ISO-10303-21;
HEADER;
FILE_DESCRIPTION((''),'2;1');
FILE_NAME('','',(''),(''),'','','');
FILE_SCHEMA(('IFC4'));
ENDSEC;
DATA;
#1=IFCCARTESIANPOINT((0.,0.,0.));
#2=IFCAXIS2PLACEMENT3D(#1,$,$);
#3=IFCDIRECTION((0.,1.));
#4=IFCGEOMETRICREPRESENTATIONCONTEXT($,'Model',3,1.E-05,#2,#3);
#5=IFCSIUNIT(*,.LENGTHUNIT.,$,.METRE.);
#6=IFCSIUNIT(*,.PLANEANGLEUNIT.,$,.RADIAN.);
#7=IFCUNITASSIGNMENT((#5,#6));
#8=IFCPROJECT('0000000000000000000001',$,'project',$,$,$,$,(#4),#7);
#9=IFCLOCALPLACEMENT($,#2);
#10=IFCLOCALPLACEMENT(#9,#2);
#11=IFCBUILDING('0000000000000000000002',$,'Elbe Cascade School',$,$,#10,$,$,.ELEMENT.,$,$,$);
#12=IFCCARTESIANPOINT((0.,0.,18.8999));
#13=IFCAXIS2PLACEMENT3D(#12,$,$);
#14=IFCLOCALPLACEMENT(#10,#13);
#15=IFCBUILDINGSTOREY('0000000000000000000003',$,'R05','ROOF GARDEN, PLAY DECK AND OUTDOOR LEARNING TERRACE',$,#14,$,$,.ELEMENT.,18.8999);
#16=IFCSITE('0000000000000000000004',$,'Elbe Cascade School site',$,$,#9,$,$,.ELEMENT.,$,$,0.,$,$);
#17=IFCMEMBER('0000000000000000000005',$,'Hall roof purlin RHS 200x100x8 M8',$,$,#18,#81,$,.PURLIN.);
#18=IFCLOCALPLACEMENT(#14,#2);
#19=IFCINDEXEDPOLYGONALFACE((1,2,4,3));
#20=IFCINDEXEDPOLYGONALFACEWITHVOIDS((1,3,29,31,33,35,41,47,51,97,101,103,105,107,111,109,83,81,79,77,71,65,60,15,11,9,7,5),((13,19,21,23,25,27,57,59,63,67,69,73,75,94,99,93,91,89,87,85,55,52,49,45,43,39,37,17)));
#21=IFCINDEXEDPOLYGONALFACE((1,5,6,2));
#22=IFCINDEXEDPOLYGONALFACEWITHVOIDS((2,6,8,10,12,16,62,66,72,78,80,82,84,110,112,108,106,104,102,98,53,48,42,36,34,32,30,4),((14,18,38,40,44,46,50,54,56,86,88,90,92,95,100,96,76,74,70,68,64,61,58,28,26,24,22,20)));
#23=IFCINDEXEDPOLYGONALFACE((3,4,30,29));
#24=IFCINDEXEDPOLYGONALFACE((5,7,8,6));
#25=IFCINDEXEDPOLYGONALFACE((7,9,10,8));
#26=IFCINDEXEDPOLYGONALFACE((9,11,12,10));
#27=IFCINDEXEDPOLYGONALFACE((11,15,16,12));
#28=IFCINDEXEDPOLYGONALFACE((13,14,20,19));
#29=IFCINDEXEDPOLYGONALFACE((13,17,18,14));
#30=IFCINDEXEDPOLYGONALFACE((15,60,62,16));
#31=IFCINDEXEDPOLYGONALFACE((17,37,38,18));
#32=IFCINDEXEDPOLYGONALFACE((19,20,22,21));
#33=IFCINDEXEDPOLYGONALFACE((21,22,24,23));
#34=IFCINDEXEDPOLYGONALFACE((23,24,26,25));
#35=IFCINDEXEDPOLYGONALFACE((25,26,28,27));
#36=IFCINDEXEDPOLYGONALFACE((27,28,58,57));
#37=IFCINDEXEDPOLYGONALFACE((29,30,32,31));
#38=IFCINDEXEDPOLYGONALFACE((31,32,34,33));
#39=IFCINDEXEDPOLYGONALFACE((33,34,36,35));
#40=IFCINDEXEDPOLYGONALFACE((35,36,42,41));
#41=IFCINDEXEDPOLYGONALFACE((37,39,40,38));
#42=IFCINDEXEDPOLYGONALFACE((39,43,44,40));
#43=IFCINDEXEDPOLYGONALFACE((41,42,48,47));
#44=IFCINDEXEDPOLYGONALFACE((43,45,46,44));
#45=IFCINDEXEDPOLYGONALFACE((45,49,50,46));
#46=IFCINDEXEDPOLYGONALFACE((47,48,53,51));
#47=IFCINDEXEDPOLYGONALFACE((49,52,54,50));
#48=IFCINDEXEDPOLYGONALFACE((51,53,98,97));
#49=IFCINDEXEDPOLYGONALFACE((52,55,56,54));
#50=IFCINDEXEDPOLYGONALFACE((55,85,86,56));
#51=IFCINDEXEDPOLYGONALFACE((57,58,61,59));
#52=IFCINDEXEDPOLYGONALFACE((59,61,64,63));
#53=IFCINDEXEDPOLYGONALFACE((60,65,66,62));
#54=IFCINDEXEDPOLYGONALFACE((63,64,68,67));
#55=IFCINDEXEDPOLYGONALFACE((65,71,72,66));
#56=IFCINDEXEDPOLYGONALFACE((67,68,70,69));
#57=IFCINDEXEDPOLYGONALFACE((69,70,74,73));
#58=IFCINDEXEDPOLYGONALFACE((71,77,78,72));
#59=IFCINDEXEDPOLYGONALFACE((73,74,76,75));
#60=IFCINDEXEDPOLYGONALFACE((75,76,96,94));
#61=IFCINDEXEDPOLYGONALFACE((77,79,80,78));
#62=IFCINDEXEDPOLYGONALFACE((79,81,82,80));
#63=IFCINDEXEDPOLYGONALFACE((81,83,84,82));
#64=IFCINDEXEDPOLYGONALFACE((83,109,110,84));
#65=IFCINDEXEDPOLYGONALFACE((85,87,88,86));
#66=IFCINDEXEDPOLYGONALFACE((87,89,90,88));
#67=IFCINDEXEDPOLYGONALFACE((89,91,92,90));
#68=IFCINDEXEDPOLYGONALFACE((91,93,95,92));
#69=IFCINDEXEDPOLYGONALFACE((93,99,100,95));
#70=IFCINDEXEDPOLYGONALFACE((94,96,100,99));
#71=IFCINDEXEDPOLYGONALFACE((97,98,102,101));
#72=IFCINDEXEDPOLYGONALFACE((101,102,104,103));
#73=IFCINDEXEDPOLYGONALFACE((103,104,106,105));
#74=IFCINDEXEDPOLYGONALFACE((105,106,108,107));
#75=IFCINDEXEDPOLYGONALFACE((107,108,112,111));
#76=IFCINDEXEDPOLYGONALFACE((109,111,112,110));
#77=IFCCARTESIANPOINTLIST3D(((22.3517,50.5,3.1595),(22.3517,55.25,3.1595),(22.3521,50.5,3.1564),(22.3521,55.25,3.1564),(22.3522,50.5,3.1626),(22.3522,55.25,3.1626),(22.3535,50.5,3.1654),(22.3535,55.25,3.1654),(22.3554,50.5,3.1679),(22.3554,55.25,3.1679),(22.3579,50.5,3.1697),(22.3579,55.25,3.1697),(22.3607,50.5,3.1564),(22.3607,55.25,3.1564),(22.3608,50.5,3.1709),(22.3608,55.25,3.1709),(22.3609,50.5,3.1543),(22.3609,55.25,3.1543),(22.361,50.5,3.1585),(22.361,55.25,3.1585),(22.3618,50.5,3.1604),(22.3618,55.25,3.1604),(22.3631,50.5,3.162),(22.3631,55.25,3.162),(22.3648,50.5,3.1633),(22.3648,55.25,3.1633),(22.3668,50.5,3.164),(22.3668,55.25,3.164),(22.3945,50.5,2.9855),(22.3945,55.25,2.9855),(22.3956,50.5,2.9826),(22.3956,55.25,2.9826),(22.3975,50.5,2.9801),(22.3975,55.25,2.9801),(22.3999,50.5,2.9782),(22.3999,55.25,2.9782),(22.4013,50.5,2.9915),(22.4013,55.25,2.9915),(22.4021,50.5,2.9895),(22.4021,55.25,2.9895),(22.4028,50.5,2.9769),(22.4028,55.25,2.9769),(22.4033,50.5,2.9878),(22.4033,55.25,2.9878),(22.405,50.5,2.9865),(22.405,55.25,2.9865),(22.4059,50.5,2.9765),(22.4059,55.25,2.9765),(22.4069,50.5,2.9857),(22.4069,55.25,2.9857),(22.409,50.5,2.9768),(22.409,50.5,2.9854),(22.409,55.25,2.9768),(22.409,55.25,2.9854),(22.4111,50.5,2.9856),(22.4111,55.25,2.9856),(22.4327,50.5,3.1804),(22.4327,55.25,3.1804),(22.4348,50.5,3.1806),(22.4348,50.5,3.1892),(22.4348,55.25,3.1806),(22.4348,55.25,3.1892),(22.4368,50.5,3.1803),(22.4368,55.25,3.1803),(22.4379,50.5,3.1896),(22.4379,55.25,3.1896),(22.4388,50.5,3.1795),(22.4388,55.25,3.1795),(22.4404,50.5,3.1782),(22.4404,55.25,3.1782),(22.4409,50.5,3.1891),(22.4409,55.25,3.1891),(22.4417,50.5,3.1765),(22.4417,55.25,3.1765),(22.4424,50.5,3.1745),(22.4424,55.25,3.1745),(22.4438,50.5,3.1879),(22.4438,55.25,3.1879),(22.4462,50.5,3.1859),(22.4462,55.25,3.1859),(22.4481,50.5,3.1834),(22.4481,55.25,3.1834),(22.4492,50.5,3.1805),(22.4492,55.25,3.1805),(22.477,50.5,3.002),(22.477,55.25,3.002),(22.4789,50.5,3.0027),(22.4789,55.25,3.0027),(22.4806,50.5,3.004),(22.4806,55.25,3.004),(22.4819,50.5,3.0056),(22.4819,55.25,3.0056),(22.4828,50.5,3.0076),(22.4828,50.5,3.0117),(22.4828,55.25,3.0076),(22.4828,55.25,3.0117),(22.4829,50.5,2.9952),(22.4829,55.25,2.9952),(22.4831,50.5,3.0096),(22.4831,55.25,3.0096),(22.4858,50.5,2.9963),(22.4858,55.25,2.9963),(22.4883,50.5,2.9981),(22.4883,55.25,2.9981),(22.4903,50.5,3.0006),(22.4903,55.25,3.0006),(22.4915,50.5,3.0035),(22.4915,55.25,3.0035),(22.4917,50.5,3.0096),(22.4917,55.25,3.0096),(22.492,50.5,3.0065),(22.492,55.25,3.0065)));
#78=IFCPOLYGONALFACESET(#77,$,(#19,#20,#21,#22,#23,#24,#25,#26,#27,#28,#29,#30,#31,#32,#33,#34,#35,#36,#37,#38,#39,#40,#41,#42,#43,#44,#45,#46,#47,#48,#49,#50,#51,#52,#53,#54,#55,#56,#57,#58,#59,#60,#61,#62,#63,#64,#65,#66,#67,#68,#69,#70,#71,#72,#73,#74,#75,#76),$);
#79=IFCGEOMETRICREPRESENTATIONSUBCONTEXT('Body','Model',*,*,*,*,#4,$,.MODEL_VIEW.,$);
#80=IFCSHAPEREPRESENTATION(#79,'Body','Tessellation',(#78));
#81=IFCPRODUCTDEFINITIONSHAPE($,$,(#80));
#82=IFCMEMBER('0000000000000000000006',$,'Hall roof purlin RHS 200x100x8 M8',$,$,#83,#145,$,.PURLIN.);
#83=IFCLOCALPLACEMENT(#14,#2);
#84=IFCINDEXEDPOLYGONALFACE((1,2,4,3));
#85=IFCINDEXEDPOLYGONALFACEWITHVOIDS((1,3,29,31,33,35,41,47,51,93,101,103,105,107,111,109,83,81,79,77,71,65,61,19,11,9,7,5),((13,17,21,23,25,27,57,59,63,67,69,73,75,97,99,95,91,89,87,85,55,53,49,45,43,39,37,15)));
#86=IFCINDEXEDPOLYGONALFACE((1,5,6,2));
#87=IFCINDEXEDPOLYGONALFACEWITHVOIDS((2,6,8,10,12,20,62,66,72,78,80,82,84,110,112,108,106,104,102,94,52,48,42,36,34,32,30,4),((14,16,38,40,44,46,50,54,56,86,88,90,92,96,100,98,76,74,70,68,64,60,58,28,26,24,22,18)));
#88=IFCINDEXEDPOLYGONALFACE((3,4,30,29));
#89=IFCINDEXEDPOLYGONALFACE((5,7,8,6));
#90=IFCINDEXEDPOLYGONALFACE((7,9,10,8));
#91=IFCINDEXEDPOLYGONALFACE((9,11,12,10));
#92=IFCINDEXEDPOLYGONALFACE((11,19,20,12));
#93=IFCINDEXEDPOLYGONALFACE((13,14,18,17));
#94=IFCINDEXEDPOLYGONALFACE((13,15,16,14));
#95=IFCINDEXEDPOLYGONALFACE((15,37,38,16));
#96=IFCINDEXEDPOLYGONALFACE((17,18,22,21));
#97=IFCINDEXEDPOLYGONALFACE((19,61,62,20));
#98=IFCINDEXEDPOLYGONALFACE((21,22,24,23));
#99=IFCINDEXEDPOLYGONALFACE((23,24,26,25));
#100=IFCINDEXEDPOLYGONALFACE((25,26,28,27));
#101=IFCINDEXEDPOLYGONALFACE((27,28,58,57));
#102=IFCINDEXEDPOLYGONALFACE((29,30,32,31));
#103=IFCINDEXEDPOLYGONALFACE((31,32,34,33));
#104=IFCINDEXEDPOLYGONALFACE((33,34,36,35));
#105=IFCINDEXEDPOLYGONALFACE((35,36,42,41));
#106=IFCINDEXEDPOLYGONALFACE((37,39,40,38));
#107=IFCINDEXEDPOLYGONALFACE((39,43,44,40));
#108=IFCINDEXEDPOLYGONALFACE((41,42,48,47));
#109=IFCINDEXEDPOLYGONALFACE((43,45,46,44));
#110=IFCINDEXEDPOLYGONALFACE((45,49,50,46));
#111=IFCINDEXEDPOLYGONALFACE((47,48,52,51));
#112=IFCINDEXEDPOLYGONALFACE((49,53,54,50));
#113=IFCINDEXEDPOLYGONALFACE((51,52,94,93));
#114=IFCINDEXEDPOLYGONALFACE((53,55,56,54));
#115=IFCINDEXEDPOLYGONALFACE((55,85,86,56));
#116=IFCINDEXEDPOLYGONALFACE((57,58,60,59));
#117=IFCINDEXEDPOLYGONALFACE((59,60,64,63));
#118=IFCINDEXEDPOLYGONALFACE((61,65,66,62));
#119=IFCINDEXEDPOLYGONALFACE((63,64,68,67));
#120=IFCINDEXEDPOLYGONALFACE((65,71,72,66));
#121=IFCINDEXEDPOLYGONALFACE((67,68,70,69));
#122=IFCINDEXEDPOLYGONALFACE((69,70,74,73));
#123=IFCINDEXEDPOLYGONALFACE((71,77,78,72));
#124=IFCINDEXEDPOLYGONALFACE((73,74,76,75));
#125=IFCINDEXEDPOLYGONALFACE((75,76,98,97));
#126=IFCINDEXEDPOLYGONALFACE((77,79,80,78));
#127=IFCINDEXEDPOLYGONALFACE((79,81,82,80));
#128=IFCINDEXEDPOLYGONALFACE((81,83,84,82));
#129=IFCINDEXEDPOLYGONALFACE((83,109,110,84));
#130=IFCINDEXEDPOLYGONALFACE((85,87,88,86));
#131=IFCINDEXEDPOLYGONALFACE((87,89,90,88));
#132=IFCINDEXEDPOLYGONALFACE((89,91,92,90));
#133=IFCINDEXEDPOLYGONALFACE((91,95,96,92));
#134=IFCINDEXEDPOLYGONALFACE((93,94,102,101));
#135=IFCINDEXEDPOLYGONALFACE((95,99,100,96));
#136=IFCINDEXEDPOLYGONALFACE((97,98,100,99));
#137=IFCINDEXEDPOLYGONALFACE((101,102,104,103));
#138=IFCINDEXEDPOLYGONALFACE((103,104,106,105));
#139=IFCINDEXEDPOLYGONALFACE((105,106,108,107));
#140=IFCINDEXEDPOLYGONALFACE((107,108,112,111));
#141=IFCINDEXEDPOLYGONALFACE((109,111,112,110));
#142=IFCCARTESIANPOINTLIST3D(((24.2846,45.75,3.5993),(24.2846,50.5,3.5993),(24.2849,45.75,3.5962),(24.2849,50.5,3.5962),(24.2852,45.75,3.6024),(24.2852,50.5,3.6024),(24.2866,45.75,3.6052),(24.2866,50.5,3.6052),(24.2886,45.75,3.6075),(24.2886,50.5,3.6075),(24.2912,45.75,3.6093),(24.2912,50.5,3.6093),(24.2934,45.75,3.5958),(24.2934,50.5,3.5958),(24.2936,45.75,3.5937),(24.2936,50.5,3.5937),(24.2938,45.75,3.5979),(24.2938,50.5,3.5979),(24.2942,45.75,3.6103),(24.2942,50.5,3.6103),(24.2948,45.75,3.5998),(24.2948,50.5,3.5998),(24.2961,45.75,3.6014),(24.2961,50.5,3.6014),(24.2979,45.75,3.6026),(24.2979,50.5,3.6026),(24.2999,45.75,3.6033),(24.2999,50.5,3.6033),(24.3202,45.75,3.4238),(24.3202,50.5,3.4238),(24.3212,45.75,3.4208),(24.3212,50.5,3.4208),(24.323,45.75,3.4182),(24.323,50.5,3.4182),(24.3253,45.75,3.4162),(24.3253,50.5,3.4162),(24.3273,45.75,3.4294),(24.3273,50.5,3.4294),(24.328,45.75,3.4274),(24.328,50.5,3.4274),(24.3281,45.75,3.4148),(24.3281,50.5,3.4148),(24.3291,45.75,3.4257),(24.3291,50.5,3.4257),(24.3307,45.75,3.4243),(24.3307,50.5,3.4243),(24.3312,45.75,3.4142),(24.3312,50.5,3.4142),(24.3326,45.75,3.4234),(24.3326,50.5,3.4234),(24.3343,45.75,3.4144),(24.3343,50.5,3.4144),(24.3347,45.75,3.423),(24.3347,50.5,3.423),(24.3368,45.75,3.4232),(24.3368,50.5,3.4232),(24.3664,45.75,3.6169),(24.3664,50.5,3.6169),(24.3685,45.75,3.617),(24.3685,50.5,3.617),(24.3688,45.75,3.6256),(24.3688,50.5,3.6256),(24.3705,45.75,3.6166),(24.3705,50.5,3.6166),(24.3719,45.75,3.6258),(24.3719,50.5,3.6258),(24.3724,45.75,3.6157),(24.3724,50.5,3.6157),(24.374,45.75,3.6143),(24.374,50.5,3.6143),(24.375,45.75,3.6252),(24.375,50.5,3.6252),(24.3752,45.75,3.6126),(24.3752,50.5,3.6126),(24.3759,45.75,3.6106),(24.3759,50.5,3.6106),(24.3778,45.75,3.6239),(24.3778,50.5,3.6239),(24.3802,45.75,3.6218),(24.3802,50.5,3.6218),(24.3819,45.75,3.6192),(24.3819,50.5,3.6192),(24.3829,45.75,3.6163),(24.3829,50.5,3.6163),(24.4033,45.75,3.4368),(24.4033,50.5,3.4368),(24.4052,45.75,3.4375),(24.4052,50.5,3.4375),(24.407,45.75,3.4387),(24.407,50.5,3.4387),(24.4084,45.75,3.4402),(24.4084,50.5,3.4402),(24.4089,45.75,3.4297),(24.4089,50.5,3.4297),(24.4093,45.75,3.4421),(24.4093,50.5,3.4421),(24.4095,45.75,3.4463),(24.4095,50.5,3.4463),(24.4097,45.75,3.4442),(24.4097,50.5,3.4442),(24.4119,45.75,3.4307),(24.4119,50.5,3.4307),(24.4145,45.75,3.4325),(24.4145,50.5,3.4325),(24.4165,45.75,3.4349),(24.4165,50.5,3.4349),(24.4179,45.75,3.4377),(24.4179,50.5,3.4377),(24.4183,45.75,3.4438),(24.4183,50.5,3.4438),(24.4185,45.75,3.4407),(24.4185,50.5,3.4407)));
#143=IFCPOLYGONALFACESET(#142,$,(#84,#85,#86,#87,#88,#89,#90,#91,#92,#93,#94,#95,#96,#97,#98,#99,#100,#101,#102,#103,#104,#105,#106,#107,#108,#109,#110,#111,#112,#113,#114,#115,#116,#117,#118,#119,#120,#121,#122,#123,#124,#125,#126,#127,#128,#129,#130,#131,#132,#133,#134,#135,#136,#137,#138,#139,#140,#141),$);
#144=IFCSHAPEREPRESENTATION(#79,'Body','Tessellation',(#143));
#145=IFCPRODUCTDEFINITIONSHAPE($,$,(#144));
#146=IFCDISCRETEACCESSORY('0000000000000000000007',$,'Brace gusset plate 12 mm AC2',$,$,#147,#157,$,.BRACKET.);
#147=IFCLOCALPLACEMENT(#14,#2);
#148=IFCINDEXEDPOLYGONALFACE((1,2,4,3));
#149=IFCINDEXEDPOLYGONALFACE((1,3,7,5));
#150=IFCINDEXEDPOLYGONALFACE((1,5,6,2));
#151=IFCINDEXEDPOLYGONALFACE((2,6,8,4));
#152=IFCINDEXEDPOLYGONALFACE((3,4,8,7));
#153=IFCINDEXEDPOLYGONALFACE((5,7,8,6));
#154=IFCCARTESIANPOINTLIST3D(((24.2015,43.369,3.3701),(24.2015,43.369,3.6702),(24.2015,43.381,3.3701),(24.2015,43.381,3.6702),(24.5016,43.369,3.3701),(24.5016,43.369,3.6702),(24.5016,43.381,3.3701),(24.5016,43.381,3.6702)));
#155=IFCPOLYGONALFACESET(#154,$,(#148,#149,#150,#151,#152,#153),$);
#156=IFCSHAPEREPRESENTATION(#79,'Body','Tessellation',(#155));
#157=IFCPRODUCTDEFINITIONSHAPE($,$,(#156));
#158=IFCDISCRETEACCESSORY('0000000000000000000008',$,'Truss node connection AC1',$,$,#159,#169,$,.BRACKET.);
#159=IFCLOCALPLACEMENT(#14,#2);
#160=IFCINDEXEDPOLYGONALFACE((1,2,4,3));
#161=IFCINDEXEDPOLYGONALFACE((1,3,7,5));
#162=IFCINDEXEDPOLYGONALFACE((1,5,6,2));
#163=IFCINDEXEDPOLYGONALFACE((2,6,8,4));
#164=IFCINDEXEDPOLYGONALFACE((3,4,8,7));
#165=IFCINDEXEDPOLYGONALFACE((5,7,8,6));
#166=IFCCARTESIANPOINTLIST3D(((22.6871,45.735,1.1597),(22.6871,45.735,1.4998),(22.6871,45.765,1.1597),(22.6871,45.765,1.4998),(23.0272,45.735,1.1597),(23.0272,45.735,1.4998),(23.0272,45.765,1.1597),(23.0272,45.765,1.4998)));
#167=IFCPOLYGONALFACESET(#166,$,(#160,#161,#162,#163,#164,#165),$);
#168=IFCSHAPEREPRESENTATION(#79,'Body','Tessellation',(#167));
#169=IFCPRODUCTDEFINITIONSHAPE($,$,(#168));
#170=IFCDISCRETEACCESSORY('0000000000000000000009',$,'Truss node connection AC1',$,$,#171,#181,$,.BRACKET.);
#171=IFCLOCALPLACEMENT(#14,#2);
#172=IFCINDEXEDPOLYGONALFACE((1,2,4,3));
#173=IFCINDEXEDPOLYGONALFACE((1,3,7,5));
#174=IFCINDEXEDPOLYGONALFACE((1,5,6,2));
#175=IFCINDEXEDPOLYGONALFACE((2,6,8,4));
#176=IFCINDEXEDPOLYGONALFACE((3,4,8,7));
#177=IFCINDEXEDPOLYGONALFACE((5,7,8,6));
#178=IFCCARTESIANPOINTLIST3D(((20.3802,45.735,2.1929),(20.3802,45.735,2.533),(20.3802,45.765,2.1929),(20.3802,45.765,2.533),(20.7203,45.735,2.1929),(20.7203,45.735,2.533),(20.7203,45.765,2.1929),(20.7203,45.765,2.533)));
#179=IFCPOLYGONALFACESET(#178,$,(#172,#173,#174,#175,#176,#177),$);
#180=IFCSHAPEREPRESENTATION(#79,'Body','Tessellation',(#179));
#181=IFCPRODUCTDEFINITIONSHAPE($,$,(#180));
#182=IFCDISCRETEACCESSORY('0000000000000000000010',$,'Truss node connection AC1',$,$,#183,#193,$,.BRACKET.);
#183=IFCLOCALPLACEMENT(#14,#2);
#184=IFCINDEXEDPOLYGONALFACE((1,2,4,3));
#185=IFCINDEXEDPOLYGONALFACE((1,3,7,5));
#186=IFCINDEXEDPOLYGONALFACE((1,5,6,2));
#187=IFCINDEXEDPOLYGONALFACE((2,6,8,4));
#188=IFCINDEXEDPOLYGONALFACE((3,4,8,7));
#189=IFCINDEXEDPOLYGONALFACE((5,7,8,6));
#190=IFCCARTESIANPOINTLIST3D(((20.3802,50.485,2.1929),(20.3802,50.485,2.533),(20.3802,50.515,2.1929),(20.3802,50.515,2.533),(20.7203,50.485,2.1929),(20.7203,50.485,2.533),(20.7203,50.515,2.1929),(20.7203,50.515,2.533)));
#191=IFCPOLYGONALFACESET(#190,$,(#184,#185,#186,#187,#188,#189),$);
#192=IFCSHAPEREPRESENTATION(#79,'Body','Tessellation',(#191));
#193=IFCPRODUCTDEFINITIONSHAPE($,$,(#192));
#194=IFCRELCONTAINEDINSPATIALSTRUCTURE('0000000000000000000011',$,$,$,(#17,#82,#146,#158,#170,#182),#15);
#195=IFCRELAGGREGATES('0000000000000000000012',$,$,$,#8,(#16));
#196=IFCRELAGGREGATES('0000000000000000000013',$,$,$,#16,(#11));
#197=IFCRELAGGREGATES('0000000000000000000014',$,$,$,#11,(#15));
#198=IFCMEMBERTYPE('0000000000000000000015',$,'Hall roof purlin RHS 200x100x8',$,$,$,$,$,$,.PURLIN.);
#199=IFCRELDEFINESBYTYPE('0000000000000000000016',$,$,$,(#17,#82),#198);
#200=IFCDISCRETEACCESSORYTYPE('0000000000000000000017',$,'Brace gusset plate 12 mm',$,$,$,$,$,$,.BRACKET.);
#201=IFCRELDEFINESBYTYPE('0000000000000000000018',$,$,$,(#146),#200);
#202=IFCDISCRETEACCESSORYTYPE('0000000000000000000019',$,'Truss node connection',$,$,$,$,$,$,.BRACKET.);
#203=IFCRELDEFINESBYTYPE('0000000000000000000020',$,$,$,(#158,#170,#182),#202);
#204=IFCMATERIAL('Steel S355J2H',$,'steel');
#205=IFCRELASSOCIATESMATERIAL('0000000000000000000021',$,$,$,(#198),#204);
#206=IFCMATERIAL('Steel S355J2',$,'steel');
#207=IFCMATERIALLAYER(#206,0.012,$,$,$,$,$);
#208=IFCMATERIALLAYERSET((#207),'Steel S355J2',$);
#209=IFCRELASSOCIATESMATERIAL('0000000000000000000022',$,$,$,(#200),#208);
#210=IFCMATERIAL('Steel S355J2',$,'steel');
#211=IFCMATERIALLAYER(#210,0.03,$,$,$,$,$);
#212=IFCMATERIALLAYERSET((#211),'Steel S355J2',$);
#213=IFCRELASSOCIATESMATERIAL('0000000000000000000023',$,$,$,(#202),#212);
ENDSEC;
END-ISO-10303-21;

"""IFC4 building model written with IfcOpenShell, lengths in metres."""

from ifc_helpers import new_model, si_unit, direction, frame, origin, origin_2d, place, context, subcontext, project, spatial, rectangle, hollow_rectangle, extrude, material, layer, layer_set, material_profile, profile_set, type_object, element, save


model = new_model("IFC4")

# Units and contexts
model_context = context("Model", 3, precision=1e-05, world=origin(), true_north=direction((0.0, 1.0)))
body_context = subcontext(model_context, "Body", "Model", "MODEL_VIEW")
ifc_project = project(units=[si_unit("LENGTHUNIT", "METRE"), si_unit("PLANEANGLEUNIT", "RADIAN")], contexts=[model_context])

# Site, building, storey
site_placement = place(None, origin())
site = spatial("IfcSite", under=ifc_project, at=site_placement, Name="Elbe Cascade School site", CompositionType="ELEMENT", RefElevation=0.0)
building_placement = place(site_placement, origin())
building = spatial("IfcBuilding", under=site, at=building_placement, Name="Elbe Cascade School", CompositionType="ELEMENT")
storey_placement = place(building_placement, frame((0.0, 0.0, 18.8999)))
storey = spatial("IfcBuildingStorey", under=building, at=storey_placement, Name="R05", Description="ROOF GARDEN, PLAY DECK AND OUTDOOR LEARNING TERRACE", CompositionType="ELEMENT", Elevation=18.8999)

# Members
ifc_material_1 = material(Name="Steel S355J2H", Category="steel")
ifc_material_profile_1 = material_profile(ifc_material_1, hollow_rectangle(XDim=0.1001, YDim=0.2, WallThickness=0.0081, InnerFilletRadius=0.0081, OuterFilletRadius=0.012, at=origin_2d()), Name="RHS 200x100x8")
ifc_profile_set_1 = profile_set([ifc_material_profile_1], Name="Steel S355J2H")
member_type_1 = type_object("IfcMemberType", Name="Hall roof purlin RHS 200x100x8", PredefinedType="PURLIN", material=ifc_profile_set_1)
for number, where, z_axis, x_axis, name in (
    (1, (22.4219, 50.5, 3.083), (0.0, 1.0, 0.0), (-0.970543, 0.0, -0.240927), "Hall roof purlin RHS 200x100x8 M8"),
    (2, (24.3516, 45.75, 3.52), (0.0, 1.0, 0.0), (-0.979638, 0.0, -0.200772), "Hall roof purlin RHS 200x100x8 M8"),
):
    element("IfcMember", number, at=place(storey_placement, frame(where, z_axis=z_axis, x_axis=x_axis)), inside=storey, type_object=member_type_1, Name=name, PredefinedType="PURLIN", context=body_context, shape_type="SweptSolid", body=[
        extrude(hollow_rectangle(XDim=0.1001, YDim=0.2, WallThickness=0.0081, InnerFilletRadius=0.0081, OuterFilletRadius=0.012, at=origin_2d()), origin(), (0.0, 0.0, 1.0), 4.75),
    ])

# Discrete accessories
ifc_material_2 = material(Name="Steel S355J2", Category="steel")
ifc_layer_1 = layer(ifc_material_2, 0.012)
ifc_layer_set_1 = layer_set([ifc_layer_1], Name="Steel S355J2")
discrete_accessory_type_1 = type_object("IfcDiscreteAccessoryType", Name="Brace gusset plate 12 mm", PredefinedType="BRACKET", material=ifc_layer_set_1)
discrete_accessory_placement = place(storey_placement, frame((24.3516, 43.375, 3.3701), z_axis=(0.0, 0.0, 1.0), x_axis=(1.0, 0.0, 0.0)))
element("IfcDiscreteAccessory", 3, at=discrete_accessory_placement, inside=storey, type_object=discrete_accessory_type_1, Name="Brace gusset plate 12 mm AC2", PredefinedType="BRACKET", context=body_context, shape_type="SweptSolid", body=[
    extrude(rectangle(XDim=0.3, YDim=0.012, at=origin_2d()), origin(), (0.0, 0.0, 1.0), 0.3),
])
ifc_material_3 = material(Name="Steel S355J2", Category="steel")
ifc_layer_2 = layer(ifc_material_3, 0.03)
ifc_layer_set_2 = layer_set([ifc_layer_2], Name="Steel S355J2")
discrete_accessory_type_2 = type_object("IfcDiscreteAccessoryType", Name="Truss node connection", PredefinedType="BRACKET", material=ifc_layer_set_2)
for number, where, z_axis, x_axis, name in (
    (4, (22.8572, 45.75, 1.1597), (0.0, 0.0, 1.0), (1.0, 0.0, 0.0), "Truss node connection AC1"),
    (5, (20.5503, 45.75, 2.1929), (0.0, 0.0, 1.0), (1.0, 0.0, 0.0), "Truss node connection AC1"),
    (6, (20.5503, 50.5, 2.1929), (0.0, 0.0, 1.0), (1.0, 0.0, 0.0), "Truss node connection AC1"),
):
    element("IfcDiscreteAccessory", number, at=place(storey_placement, frame(where, z_axis=z_axis, x_axis=x_axis)), inside=storey, type_object=discrete_accessory_type_2, Name=name, PredefinedType="BRACKET", context=body_context, shape_type="SweptSolid", body=[
        extrude(rectangle(XDim=0.3401, YDim=0.03, at=origin_2d()), origin(), (0.0, 0.0, 1.0), 0.3401),
    ])

save(model, "model.ifc")
